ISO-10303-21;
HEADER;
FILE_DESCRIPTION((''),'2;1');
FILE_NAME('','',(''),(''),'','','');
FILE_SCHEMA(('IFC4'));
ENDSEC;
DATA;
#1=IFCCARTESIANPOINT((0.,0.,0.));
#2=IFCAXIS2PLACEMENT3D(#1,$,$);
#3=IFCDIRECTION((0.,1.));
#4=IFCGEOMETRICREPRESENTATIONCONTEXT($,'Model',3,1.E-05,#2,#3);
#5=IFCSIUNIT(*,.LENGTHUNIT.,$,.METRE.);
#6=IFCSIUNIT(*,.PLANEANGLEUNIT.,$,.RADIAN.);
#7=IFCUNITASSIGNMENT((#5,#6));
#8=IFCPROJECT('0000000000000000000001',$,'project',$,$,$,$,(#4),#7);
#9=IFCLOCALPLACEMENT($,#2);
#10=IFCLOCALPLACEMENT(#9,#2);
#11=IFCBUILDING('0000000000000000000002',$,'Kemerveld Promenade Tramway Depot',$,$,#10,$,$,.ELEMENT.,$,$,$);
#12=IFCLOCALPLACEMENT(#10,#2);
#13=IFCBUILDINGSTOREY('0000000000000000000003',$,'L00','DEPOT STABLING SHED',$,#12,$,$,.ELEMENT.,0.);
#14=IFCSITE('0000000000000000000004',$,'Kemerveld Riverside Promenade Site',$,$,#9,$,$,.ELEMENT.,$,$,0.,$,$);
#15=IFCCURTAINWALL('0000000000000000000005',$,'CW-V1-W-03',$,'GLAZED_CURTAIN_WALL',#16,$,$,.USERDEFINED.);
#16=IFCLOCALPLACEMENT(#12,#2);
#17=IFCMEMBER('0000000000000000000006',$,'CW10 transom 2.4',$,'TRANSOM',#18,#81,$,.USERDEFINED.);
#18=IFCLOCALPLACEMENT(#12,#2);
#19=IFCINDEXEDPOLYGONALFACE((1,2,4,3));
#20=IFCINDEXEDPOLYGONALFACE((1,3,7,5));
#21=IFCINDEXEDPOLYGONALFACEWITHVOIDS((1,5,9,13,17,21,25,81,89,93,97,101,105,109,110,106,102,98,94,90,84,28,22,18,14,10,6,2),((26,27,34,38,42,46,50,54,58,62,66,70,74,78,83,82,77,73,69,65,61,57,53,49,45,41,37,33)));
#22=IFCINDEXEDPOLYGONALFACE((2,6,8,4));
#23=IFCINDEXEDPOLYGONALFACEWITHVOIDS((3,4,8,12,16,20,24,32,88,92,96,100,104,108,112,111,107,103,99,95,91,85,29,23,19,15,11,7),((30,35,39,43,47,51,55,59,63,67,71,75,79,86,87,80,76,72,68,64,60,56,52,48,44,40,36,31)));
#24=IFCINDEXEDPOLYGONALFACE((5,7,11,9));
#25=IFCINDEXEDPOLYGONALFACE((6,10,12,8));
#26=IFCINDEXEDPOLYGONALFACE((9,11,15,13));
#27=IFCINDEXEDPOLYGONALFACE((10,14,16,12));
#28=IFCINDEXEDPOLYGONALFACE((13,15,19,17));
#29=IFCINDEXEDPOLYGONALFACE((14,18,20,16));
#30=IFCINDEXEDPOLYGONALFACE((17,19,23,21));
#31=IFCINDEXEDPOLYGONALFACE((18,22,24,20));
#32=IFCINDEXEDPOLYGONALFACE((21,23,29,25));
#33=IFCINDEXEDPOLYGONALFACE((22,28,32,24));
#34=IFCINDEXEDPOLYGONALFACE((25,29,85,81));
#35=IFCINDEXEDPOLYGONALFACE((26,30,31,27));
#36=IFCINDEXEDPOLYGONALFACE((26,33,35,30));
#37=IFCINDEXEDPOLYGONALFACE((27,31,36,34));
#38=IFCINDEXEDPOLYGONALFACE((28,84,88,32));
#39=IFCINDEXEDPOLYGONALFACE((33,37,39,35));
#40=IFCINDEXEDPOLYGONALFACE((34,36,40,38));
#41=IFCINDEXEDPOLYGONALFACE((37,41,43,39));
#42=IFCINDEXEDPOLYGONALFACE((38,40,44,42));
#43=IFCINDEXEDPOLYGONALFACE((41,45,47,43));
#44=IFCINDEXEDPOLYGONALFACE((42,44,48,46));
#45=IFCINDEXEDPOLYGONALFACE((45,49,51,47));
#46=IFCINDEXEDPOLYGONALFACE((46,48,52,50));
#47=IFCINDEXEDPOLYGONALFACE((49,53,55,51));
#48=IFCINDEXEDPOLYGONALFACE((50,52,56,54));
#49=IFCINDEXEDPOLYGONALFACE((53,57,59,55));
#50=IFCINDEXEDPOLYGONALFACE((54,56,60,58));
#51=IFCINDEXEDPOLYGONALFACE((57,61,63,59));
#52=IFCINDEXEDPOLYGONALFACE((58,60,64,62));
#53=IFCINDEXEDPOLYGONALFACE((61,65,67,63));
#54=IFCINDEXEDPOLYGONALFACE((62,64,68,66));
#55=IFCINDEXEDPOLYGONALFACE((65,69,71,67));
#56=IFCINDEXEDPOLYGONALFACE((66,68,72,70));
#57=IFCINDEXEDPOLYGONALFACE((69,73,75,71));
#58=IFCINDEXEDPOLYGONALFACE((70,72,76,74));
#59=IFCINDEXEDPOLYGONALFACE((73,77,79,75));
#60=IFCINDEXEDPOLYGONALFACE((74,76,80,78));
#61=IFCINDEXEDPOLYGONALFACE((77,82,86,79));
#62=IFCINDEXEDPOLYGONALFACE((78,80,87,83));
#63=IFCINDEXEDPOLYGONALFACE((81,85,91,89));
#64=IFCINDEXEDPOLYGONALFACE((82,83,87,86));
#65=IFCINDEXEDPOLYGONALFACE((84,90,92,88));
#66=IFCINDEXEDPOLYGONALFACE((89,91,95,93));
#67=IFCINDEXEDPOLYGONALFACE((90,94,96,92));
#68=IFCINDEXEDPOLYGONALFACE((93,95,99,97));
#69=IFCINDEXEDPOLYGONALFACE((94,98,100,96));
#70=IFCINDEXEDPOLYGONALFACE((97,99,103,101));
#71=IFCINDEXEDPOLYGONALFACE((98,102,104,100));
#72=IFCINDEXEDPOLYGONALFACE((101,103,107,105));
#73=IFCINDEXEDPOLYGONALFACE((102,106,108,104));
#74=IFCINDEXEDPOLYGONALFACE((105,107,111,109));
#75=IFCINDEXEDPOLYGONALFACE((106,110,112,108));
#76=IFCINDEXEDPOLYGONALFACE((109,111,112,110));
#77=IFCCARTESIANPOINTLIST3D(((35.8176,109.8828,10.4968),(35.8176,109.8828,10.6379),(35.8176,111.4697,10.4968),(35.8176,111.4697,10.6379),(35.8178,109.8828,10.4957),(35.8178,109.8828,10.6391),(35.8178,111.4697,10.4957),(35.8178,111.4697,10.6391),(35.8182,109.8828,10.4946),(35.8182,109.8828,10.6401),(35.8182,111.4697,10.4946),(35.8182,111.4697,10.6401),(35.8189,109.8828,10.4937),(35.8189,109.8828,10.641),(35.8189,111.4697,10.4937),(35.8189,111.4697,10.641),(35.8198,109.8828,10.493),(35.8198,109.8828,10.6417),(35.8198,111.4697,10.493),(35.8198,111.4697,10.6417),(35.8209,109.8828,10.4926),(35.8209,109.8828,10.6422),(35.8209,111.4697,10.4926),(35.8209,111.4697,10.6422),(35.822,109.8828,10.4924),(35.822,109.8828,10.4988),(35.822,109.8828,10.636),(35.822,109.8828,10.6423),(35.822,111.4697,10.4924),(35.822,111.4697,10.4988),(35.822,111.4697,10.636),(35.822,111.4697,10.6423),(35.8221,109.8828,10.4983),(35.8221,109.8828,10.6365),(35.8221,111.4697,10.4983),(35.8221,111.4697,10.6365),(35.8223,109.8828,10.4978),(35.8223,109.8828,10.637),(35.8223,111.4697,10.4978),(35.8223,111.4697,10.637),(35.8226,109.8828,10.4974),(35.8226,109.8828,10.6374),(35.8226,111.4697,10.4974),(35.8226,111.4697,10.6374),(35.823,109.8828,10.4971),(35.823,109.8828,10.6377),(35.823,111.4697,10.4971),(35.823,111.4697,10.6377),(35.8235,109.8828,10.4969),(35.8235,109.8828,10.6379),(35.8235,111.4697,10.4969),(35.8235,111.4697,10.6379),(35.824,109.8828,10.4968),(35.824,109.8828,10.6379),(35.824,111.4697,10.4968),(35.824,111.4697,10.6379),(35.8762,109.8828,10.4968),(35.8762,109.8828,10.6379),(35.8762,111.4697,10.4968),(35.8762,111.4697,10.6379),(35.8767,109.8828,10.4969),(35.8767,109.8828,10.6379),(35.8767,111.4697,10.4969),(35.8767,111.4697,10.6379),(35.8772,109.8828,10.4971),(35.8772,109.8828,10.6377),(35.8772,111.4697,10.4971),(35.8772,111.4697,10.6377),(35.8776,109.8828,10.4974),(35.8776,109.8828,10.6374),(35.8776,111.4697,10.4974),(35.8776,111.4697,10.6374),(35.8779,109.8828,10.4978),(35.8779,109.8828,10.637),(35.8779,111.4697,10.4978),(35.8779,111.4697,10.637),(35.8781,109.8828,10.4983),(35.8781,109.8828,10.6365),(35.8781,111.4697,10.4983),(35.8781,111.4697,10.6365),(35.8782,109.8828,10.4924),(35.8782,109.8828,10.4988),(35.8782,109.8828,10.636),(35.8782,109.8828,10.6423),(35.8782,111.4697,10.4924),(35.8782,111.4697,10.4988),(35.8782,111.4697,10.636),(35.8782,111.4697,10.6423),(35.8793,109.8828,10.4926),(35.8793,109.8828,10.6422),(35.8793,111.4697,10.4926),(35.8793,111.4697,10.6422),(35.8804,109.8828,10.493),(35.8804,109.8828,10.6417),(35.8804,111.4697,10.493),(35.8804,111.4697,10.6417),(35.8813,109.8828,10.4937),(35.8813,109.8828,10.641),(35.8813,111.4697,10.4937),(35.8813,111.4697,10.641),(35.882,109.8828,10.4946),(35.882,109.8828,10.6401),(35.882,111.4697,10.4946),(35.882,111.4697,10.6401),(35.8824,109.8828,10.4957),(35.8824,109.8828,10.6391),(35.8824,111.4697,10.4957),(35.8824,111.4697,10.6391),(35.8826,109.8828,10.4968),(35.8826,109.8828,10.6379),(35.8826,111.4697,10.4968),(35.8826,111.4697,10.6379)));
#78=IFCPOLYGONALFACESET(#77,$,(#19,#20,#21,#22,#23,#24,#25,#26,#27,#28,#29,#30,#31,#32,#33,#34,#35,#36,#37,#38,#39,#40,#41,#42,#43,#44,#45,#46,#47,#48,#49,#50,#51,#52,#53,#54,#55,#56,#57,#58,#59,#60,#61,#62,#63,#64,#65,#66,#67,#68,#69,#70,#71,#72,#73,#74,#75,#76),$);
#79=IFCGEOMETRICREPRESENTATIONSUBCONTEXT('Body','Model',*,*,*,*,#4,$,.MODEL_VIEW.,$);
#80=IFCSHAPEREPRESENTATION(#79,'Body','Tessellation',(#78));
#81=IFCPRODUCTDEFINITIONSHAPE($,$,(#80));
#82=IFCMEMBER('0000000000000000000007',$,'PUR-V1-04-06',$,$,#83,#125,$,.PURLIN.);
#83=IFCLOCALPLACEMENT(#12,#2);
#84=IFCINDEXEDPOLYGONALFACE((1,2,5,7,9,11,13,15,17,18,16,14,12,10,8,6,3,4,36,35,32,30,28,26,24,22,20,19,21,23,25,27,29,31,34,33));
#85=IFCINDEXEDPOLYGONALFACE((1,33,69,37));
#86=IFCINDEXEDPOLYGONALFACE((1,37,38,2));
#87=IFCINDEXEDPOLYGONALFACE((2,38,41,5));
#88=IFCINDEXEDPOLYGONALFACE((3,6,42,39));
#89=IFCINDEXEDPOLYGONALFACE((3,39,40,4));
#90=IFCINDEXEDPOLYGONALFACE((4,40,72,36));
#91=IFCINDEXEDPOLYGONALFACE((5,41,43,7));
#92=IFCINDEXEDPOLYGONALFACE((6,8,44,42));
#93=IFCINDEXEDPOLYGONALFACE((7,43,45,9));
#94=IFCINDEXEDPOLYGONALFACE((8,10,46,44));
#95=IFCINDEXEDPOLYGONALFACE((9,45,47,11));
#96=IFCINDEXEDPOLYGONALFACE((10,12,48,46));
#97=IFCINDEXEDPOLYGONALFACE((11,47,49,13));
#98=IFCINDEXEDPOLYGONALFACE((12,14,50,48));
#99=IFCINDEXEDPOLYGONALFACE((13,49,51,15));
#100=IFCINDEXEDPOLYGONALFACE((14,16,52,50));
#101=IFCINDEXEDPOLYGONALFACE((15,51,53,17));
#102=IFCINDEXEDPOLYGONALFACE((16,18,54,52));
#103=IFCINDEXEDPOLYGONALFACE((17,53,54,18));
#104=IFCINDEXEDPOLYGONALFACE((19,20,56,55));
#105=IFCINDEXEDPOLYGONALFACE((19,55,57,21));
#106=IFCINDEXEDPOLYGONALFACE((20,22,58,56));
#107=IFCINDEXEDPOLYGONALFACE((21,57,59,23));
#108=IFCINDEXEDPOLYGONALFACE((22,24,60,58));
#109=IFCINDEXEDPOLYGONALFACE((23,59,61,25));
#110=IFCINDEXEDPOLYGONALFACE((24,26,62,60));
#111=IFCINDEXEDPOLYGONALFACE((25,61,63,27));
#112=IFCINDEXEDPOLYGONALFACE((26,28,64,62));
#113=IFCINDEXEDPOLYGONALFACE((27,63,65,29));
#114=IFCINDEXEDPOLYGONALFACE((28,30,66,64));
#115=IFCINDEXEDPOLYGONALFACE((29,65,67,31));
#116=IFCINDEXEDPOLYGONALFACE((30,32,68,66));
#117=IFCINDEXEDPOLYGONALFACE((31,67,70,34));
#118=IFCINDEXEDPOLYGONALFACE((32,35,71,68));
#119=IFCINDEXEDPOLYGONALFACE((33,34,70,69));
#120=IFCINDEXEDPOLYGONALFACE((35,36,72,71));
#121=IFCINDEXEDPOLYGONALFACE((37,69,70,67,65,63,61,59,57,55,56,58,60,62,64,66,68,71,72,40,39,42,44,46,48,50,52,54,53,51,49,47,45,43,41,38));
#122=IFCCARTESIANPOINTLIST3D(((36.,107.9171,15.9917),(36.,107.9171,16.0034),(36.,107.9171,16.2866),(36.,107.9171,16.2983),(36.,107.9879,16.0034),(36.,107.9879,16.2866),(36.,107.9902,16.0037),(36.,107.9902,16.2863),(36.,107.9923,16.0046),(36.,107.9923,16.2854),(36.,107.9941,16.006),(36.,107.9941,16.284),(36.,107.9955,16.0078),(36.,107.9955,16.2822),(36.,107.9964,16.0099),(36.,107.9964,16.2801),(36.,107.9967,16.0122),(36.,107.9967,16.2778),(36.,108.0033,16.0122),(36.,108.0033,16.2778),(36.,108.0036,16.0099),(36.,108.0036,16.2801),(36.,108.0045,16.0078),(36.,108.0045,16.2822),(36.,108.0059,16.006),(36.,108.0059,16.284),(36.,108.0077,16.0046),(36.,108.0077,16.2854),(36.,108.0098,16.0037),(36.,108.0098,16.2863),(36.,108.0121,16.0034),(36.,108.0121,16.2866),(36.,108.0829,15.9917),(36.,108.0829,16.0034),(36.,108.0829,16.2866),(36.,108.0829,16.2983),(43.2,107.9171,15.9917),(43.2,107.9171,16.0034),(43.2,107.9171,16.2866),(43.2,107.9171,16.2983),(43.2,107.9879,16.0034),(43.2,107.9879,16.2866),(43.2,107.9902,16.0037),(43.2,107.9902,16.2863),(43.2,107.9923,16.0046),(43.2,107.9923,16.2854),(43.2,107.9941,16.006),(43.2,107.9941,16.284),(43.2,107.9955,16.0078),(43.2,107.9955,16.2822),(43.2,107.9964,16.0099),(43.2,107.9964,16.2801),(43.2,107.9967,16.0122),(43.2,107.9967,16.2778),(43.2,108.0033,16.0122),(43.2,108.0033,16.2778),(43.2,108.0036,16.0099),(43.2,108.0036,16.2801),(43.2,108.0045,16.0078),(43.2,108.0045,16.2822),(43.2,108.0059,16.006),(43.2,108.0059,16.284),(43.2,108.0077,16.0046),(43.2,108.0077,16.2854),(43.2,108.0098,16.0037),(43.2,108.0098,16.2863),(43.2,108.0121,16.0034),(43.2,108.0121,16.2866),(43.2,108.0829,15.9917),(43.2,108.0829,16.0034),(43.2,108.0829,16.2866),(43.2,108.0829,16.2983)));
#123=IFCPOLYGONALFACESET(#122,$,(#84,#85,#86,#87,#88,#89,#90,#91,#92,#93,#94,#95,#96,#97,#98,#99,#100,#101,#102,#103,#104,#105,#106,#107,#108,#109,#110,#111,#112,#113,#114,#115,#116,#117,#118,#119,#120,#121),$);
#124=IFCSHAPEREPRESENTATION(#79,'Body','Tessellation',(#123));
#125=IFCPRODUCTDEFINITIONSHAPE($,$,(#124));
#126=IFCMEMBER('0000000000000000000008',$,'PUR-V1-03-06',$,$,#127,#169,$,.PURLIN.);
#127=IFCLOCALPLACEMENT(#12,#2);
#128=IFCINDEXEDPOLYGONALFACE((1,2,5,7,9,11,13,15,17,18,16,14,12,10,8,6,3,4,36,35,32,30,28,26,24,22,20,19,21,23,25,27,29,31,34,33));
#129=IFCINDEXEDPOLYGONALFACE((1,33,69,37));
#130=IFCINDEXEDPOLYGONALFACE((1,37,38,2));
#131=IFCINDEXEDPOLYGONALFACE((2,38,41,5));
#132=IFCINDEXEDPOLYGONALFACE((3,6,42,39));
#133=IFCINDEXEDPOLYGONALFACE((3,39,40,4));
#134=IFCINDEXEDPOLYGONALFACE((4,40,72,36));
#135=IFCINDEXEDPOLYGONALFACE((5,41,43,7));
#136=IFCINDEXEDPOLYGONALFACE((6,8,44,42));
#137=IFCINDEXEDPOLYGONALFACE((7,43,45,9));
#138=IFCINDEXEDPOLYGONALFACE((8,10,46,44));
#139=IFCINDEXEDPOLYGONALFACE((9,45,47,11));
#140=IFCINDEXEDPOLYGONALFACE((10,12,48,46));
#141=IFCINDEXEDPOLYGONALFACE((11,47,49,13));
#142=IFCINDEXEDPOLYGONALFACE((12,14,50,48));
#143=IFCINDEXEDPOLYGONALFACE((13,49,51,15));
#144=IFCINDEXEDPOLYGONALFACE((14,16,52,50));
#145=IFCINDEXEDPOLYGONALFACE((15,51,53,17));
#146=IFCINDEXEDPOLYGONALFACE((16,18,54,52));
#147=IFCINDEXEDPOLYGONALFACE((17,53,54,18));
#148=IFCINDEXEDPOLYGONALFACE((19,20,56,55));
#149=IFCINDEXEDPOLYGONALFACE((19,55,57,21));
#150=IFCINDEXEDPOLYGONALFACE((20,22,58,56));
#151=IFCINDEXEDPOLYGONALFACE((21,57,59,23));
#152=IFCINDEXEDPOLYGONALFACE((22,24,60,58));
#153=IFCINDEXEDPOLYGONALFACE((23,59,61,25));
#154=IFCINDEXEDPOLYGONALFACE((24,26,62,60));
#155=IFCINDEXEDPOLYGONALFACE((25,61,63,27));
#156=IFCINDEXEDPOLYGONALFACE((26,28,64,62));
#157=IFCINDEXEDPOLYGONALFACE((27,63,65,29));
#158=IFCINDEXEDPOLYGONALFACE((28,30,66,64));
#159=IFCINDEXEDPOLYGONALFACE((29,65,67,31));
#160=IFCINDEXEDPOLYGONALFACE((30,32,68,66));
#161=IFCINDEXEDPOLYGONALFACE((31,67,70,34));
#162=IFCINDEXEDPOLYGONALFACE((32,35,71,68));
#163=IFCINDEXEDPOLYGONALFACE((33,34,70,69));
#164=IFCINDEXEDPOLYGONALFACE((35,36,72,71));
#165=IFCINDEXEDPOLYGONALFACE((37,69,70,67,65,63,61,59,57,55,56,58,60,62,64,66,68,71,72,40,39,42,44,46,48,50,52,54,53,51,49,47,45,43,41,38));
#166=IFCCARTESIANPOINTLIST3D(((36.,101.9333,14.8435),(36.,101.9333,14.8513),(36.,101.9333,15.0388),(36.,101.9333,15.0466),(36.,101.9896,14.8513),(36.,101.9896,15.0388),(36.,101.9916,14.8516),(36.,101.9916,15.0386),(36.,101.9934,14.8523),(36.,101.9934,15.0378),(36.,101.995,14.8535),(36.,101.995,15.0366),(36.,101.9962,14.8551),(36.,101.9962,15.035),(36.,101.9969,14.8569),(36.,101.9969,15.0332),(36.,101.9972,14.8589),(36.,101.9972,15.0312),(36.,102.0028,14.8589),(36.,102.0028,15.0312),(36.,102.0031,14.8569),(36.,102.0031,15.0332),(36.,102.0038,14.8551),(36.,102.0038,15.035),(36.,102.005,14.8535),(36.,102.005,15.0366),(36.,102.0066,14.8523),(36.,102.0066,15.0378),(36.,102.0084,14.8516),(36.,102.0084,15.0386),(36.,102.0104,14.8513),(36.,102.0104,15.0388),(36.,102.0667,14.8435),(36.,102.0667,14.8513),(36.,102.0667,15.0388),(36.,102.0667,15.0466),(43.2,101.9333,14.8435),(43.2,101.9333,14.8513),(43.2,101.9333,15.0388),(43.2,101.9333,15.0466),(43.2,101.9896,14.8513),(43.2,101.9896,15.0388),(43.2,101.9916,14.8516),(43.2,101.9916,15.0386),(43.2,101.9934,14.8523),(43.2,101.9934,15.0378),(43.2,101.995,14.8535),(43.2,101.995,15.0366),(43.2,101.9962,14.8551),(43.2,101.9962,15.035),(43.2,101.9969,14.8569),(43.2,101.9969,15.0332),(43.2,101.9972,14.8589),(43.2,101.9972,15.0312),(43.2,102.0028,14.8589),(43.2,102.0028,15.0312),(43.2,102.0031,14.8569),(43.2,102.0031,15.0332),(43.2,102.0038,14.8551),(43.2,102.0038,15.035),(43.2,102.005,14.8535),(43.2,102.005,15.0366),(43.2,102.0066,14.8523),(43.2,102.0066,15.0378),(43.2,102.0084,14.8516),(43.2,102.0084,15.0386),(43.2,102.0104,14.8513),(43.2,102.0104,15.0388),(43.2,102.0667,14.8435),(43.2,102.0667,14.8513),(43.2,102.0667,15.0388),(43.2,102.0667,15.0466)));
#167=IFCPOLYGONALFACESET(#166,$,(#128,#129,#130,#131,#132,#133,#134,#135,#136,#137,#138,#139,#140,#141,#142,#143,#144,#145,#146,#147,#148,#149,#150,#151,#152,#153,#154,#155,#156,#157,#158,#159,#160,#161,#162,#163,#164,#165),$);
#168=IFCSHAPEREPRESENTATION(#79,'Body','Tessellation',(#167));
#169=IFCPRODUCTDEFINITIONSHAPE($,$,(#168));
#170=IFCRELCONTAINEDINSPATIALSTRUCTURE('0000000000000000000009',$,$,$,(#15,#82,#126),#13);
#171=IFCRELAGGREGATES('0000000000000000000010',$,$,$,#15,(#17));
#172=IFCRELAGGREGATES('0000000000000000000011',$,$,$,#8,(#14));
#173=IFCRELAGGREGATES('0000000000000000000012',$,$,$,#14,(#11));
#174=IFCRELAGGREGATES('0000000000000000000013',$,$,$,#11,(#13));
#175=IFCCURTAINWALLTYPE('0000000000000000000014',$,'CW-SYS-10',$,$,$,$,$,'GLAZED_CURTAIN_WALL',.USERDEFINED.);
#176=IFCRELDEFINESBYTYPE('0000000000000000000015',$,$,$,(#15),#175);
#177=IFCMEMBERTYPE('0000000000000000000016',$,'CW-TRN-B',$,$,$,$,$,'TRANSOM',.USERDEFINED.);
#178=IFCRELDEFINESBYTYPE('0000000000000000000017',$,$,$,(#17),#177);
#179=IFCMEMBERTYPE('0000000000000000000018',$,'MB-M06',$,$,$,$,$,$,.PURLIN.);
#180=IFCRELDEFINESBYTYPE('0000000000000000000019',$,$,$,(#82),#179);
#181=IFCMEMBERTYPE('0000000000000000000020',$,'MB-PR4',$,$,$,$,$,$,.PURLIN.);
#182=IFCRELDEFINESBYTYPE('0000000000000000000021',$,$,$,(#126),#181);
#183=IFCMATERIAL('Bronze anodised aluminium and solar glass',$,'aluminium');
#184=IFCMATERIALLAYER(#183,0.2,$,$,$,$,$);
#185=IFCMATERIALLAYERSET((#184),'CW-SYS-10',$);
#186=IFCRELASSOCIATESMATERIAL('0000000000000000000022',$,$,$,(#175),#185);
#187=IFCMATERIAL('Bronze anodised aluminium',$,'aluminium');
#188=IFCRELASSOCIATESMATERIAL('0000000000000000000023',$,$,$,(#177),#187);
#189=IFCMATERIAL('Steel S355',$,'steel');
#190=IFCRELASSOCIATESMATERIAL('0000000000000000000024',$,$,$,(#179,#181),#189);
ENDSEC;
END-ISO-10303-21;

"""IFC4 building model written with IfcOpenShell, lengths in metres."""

from ifc_helpers import new_model, si_unit, direction, frame, origin, origin_2d, place, context, subcontext, project, spatial, hollow_rectangle, i_section, extrude, material, layer, layer_set, material_profile, profile_set, type_object, element, aggregate, save


model = new_model("IFC4")

# Units and contexts
model_context = context("Model", 3, precision=1e-05, world=origin(), true_north=direction((0.0, 1.0)))
body_context = subcontext(model_context, "Body", "Model", "MODEL_VIEW")
ifc_project = project(units=[si_unit("LENGTHUNIT", "METRE"), si_unit("PLANEANGLEUNIT", "RADIAN")], contexts=[model_context])

# Site, building, storey
site_placement = place(None, origin())
site = spatial("IfcSite", under=ifc_project, at=site_placement, Name="Kemerveld Riverside Promenade Site", CompositionType="ELEMENT", RefElevation=0.0)
building_placement = place(site_placement, origin())
building = spatial("IfcBuilding", under=site, at=building_placement, Name="Kemerveld Promenade Tramway Depot", CompositionType="ELEMENT")
storey_placement = place(building_placement, origin())
storey = spatial("IfcBuildingStorey", under=building, at=storey_placement, Name="L00", Description="DEPOT STABLING SHED", CompositionType="ELEMENT", Elevation=0.0)

# Shared definitions
ifc_material_1 = material(Name="Steel S355", Category="steel")

# Curtain wall, member
ifc_material_2 = material(Name="Bronze anodised aluminium and solar glass", Category="aluminium")
ifc_material_3 = material(Name="Bronze anodised aluminium", Category="aluminium")
ifc_layer_1 = layer(ifc_material_2, 0.2)
ifc_layer_set_1 = layer_set([ifc_layer_1], Name="CW-SYS-10")
curtain_wall_type_1 = type_object("IfcCurtainWallType", Name="CW-SYS-10", ElementType="GLAZED_CURTAIN_WALL", PredefinedType="USERDEFINED", material=ifc_layer_set_1)
curtain_wall_1_placement = place(storey_placement, origin())
curtain_wall_1 = element("IfcCurtainWall", 1, at=curtain_wall_1_placement, inside=storey, type_object=curtain_wall_type_1, Name="CW-V1-W-03", ObjectType="GLAZED_CURTAIN_WALL", PredefinedType="USERDEFINED")
ifc_material_profile_1 = material_profile(ifc_material_3, hollow_rectangle(XDim=0.0649, YDim=0.1499, WallThickness=0.0044, InnerFilletRadius=0.002, OuterFilletRadius=0.0044, at=origin_2d()), Name="CW-TRN-150x65")
ifc_profile_set_1 = profile_set([ifc_material_profile_1], Name="Bronze anodised aluminium")
member_type_1 = type_object("IfcMemberType", Name="CW-TRN-B", ElementType="TRANSOM", PredefinedType="USERDEFINED", material=ifc_profile_set_1)
member_1_placement = place(storey_placement, frame((35.8501, 109.8828, 10.5674), z_axis=(0.0, 1.0, 0.0), x_axis=(-1.0, 0.0, 0.0)))
member_1 = element("IfcMember", 2, at=member_1_placement, type_object=member_type_1, Name="CW10 transom 2.4", ObjectType="TRANSOM", PredefinedType="USERDEFINED", context=body_context, shape_type="SweptSolid", body=[
    extrude(hollow_rectangle(XDim=0.0649, YDim=0.1499, WallThickness=0.0044, InnerFilletRadius=0.002, OuterFilletRadius=0.0044, at=origin_2d()), origin(), (0.0, 0.0, 1.0), 1.5869),
])

# Members
ifc_material_profile_2 = material_profile(ifc_material_1, i_section(OverallWidth=0.1658, OverallDepth=0.3066, WebThickness=0.0066, FlangeThickness=0.0117, FilletRadius=0.0088, at=origin_2d()), Name="305x165x46 UB")
ifc_profile_set_2 = profile_set([ifc_material_profile_2], Name="Steel S355")
member_type_2 = type_object("IfcMemberType", Name="MB-M06", PredefinedType="PURLIN", material=ifc_profile_set_2)
member_2_placement = place(storey_placement, frame((36.0, 108.0, 16.145), z_axis=(1.0, 0.0, 0.0), x_axis=(0.0, 1.0, 0.0)))
element("IfcMember", 3, at=member_2_placement, inside=storey, type_object=member_type_2, Name="PUR-V1-04-06", PredefinedType="PURLIN", context=body_context, shape_type="SweptSolid", body=[
    extrude(i_section(OverallWidth=0.1658, OverallDepth=0.3066, WebThickness=0.0066, FlangeThickness=0.0117, FilletRadius=0.0088, at=origin_2d()), origin(), (0.0, 0.0, 1.0), 7.2),
])
ifc_material_profile_3 = material_profile(ifc_material_1, i_section(OverallWidth=0.1333, OverallDepth=0.2031, WebThickness=0.0056, FlangeThickness=0.0078, FilletRadius=0.0076, at=origin_2d()), Name="203x133x25 UB")
ifc_profile_set_3 = profile_set([ifc_material_profile_3], Name="Steel S355")
member_type_3 = type_object("IfcMemberType", Name="MB-PR4", PredefinedType="PURLIN", material=ifc_profile_set_3)
member_3_placement = place(storey_placement, frame((36.0, 102.0, 14.9451), z_axis=(1.0, 0.0, 0.0), x_axis=(0.0, 1.0, 0.0)))
element("IfcMember", 4, at=member_3_placement, inside=storey, type_object=member_type_3, Name="PUR-V1-03-06", PredefinedType="PURLIN", context=body_context, shape_type="SweptSolid", body=[
    extrude(i_section(OverallWidth=0.1333, OverallDepth=0.2031, WebThickness=0.0056, FlangeThickness=0.0078, FilletRadius=0.0076, at=origin_2d()), origin(), (0.0, 0.0, 1.0), 7.2),
])

aggregate(curtain_wall_1, [member_1])

save(model, "model.ifc")
